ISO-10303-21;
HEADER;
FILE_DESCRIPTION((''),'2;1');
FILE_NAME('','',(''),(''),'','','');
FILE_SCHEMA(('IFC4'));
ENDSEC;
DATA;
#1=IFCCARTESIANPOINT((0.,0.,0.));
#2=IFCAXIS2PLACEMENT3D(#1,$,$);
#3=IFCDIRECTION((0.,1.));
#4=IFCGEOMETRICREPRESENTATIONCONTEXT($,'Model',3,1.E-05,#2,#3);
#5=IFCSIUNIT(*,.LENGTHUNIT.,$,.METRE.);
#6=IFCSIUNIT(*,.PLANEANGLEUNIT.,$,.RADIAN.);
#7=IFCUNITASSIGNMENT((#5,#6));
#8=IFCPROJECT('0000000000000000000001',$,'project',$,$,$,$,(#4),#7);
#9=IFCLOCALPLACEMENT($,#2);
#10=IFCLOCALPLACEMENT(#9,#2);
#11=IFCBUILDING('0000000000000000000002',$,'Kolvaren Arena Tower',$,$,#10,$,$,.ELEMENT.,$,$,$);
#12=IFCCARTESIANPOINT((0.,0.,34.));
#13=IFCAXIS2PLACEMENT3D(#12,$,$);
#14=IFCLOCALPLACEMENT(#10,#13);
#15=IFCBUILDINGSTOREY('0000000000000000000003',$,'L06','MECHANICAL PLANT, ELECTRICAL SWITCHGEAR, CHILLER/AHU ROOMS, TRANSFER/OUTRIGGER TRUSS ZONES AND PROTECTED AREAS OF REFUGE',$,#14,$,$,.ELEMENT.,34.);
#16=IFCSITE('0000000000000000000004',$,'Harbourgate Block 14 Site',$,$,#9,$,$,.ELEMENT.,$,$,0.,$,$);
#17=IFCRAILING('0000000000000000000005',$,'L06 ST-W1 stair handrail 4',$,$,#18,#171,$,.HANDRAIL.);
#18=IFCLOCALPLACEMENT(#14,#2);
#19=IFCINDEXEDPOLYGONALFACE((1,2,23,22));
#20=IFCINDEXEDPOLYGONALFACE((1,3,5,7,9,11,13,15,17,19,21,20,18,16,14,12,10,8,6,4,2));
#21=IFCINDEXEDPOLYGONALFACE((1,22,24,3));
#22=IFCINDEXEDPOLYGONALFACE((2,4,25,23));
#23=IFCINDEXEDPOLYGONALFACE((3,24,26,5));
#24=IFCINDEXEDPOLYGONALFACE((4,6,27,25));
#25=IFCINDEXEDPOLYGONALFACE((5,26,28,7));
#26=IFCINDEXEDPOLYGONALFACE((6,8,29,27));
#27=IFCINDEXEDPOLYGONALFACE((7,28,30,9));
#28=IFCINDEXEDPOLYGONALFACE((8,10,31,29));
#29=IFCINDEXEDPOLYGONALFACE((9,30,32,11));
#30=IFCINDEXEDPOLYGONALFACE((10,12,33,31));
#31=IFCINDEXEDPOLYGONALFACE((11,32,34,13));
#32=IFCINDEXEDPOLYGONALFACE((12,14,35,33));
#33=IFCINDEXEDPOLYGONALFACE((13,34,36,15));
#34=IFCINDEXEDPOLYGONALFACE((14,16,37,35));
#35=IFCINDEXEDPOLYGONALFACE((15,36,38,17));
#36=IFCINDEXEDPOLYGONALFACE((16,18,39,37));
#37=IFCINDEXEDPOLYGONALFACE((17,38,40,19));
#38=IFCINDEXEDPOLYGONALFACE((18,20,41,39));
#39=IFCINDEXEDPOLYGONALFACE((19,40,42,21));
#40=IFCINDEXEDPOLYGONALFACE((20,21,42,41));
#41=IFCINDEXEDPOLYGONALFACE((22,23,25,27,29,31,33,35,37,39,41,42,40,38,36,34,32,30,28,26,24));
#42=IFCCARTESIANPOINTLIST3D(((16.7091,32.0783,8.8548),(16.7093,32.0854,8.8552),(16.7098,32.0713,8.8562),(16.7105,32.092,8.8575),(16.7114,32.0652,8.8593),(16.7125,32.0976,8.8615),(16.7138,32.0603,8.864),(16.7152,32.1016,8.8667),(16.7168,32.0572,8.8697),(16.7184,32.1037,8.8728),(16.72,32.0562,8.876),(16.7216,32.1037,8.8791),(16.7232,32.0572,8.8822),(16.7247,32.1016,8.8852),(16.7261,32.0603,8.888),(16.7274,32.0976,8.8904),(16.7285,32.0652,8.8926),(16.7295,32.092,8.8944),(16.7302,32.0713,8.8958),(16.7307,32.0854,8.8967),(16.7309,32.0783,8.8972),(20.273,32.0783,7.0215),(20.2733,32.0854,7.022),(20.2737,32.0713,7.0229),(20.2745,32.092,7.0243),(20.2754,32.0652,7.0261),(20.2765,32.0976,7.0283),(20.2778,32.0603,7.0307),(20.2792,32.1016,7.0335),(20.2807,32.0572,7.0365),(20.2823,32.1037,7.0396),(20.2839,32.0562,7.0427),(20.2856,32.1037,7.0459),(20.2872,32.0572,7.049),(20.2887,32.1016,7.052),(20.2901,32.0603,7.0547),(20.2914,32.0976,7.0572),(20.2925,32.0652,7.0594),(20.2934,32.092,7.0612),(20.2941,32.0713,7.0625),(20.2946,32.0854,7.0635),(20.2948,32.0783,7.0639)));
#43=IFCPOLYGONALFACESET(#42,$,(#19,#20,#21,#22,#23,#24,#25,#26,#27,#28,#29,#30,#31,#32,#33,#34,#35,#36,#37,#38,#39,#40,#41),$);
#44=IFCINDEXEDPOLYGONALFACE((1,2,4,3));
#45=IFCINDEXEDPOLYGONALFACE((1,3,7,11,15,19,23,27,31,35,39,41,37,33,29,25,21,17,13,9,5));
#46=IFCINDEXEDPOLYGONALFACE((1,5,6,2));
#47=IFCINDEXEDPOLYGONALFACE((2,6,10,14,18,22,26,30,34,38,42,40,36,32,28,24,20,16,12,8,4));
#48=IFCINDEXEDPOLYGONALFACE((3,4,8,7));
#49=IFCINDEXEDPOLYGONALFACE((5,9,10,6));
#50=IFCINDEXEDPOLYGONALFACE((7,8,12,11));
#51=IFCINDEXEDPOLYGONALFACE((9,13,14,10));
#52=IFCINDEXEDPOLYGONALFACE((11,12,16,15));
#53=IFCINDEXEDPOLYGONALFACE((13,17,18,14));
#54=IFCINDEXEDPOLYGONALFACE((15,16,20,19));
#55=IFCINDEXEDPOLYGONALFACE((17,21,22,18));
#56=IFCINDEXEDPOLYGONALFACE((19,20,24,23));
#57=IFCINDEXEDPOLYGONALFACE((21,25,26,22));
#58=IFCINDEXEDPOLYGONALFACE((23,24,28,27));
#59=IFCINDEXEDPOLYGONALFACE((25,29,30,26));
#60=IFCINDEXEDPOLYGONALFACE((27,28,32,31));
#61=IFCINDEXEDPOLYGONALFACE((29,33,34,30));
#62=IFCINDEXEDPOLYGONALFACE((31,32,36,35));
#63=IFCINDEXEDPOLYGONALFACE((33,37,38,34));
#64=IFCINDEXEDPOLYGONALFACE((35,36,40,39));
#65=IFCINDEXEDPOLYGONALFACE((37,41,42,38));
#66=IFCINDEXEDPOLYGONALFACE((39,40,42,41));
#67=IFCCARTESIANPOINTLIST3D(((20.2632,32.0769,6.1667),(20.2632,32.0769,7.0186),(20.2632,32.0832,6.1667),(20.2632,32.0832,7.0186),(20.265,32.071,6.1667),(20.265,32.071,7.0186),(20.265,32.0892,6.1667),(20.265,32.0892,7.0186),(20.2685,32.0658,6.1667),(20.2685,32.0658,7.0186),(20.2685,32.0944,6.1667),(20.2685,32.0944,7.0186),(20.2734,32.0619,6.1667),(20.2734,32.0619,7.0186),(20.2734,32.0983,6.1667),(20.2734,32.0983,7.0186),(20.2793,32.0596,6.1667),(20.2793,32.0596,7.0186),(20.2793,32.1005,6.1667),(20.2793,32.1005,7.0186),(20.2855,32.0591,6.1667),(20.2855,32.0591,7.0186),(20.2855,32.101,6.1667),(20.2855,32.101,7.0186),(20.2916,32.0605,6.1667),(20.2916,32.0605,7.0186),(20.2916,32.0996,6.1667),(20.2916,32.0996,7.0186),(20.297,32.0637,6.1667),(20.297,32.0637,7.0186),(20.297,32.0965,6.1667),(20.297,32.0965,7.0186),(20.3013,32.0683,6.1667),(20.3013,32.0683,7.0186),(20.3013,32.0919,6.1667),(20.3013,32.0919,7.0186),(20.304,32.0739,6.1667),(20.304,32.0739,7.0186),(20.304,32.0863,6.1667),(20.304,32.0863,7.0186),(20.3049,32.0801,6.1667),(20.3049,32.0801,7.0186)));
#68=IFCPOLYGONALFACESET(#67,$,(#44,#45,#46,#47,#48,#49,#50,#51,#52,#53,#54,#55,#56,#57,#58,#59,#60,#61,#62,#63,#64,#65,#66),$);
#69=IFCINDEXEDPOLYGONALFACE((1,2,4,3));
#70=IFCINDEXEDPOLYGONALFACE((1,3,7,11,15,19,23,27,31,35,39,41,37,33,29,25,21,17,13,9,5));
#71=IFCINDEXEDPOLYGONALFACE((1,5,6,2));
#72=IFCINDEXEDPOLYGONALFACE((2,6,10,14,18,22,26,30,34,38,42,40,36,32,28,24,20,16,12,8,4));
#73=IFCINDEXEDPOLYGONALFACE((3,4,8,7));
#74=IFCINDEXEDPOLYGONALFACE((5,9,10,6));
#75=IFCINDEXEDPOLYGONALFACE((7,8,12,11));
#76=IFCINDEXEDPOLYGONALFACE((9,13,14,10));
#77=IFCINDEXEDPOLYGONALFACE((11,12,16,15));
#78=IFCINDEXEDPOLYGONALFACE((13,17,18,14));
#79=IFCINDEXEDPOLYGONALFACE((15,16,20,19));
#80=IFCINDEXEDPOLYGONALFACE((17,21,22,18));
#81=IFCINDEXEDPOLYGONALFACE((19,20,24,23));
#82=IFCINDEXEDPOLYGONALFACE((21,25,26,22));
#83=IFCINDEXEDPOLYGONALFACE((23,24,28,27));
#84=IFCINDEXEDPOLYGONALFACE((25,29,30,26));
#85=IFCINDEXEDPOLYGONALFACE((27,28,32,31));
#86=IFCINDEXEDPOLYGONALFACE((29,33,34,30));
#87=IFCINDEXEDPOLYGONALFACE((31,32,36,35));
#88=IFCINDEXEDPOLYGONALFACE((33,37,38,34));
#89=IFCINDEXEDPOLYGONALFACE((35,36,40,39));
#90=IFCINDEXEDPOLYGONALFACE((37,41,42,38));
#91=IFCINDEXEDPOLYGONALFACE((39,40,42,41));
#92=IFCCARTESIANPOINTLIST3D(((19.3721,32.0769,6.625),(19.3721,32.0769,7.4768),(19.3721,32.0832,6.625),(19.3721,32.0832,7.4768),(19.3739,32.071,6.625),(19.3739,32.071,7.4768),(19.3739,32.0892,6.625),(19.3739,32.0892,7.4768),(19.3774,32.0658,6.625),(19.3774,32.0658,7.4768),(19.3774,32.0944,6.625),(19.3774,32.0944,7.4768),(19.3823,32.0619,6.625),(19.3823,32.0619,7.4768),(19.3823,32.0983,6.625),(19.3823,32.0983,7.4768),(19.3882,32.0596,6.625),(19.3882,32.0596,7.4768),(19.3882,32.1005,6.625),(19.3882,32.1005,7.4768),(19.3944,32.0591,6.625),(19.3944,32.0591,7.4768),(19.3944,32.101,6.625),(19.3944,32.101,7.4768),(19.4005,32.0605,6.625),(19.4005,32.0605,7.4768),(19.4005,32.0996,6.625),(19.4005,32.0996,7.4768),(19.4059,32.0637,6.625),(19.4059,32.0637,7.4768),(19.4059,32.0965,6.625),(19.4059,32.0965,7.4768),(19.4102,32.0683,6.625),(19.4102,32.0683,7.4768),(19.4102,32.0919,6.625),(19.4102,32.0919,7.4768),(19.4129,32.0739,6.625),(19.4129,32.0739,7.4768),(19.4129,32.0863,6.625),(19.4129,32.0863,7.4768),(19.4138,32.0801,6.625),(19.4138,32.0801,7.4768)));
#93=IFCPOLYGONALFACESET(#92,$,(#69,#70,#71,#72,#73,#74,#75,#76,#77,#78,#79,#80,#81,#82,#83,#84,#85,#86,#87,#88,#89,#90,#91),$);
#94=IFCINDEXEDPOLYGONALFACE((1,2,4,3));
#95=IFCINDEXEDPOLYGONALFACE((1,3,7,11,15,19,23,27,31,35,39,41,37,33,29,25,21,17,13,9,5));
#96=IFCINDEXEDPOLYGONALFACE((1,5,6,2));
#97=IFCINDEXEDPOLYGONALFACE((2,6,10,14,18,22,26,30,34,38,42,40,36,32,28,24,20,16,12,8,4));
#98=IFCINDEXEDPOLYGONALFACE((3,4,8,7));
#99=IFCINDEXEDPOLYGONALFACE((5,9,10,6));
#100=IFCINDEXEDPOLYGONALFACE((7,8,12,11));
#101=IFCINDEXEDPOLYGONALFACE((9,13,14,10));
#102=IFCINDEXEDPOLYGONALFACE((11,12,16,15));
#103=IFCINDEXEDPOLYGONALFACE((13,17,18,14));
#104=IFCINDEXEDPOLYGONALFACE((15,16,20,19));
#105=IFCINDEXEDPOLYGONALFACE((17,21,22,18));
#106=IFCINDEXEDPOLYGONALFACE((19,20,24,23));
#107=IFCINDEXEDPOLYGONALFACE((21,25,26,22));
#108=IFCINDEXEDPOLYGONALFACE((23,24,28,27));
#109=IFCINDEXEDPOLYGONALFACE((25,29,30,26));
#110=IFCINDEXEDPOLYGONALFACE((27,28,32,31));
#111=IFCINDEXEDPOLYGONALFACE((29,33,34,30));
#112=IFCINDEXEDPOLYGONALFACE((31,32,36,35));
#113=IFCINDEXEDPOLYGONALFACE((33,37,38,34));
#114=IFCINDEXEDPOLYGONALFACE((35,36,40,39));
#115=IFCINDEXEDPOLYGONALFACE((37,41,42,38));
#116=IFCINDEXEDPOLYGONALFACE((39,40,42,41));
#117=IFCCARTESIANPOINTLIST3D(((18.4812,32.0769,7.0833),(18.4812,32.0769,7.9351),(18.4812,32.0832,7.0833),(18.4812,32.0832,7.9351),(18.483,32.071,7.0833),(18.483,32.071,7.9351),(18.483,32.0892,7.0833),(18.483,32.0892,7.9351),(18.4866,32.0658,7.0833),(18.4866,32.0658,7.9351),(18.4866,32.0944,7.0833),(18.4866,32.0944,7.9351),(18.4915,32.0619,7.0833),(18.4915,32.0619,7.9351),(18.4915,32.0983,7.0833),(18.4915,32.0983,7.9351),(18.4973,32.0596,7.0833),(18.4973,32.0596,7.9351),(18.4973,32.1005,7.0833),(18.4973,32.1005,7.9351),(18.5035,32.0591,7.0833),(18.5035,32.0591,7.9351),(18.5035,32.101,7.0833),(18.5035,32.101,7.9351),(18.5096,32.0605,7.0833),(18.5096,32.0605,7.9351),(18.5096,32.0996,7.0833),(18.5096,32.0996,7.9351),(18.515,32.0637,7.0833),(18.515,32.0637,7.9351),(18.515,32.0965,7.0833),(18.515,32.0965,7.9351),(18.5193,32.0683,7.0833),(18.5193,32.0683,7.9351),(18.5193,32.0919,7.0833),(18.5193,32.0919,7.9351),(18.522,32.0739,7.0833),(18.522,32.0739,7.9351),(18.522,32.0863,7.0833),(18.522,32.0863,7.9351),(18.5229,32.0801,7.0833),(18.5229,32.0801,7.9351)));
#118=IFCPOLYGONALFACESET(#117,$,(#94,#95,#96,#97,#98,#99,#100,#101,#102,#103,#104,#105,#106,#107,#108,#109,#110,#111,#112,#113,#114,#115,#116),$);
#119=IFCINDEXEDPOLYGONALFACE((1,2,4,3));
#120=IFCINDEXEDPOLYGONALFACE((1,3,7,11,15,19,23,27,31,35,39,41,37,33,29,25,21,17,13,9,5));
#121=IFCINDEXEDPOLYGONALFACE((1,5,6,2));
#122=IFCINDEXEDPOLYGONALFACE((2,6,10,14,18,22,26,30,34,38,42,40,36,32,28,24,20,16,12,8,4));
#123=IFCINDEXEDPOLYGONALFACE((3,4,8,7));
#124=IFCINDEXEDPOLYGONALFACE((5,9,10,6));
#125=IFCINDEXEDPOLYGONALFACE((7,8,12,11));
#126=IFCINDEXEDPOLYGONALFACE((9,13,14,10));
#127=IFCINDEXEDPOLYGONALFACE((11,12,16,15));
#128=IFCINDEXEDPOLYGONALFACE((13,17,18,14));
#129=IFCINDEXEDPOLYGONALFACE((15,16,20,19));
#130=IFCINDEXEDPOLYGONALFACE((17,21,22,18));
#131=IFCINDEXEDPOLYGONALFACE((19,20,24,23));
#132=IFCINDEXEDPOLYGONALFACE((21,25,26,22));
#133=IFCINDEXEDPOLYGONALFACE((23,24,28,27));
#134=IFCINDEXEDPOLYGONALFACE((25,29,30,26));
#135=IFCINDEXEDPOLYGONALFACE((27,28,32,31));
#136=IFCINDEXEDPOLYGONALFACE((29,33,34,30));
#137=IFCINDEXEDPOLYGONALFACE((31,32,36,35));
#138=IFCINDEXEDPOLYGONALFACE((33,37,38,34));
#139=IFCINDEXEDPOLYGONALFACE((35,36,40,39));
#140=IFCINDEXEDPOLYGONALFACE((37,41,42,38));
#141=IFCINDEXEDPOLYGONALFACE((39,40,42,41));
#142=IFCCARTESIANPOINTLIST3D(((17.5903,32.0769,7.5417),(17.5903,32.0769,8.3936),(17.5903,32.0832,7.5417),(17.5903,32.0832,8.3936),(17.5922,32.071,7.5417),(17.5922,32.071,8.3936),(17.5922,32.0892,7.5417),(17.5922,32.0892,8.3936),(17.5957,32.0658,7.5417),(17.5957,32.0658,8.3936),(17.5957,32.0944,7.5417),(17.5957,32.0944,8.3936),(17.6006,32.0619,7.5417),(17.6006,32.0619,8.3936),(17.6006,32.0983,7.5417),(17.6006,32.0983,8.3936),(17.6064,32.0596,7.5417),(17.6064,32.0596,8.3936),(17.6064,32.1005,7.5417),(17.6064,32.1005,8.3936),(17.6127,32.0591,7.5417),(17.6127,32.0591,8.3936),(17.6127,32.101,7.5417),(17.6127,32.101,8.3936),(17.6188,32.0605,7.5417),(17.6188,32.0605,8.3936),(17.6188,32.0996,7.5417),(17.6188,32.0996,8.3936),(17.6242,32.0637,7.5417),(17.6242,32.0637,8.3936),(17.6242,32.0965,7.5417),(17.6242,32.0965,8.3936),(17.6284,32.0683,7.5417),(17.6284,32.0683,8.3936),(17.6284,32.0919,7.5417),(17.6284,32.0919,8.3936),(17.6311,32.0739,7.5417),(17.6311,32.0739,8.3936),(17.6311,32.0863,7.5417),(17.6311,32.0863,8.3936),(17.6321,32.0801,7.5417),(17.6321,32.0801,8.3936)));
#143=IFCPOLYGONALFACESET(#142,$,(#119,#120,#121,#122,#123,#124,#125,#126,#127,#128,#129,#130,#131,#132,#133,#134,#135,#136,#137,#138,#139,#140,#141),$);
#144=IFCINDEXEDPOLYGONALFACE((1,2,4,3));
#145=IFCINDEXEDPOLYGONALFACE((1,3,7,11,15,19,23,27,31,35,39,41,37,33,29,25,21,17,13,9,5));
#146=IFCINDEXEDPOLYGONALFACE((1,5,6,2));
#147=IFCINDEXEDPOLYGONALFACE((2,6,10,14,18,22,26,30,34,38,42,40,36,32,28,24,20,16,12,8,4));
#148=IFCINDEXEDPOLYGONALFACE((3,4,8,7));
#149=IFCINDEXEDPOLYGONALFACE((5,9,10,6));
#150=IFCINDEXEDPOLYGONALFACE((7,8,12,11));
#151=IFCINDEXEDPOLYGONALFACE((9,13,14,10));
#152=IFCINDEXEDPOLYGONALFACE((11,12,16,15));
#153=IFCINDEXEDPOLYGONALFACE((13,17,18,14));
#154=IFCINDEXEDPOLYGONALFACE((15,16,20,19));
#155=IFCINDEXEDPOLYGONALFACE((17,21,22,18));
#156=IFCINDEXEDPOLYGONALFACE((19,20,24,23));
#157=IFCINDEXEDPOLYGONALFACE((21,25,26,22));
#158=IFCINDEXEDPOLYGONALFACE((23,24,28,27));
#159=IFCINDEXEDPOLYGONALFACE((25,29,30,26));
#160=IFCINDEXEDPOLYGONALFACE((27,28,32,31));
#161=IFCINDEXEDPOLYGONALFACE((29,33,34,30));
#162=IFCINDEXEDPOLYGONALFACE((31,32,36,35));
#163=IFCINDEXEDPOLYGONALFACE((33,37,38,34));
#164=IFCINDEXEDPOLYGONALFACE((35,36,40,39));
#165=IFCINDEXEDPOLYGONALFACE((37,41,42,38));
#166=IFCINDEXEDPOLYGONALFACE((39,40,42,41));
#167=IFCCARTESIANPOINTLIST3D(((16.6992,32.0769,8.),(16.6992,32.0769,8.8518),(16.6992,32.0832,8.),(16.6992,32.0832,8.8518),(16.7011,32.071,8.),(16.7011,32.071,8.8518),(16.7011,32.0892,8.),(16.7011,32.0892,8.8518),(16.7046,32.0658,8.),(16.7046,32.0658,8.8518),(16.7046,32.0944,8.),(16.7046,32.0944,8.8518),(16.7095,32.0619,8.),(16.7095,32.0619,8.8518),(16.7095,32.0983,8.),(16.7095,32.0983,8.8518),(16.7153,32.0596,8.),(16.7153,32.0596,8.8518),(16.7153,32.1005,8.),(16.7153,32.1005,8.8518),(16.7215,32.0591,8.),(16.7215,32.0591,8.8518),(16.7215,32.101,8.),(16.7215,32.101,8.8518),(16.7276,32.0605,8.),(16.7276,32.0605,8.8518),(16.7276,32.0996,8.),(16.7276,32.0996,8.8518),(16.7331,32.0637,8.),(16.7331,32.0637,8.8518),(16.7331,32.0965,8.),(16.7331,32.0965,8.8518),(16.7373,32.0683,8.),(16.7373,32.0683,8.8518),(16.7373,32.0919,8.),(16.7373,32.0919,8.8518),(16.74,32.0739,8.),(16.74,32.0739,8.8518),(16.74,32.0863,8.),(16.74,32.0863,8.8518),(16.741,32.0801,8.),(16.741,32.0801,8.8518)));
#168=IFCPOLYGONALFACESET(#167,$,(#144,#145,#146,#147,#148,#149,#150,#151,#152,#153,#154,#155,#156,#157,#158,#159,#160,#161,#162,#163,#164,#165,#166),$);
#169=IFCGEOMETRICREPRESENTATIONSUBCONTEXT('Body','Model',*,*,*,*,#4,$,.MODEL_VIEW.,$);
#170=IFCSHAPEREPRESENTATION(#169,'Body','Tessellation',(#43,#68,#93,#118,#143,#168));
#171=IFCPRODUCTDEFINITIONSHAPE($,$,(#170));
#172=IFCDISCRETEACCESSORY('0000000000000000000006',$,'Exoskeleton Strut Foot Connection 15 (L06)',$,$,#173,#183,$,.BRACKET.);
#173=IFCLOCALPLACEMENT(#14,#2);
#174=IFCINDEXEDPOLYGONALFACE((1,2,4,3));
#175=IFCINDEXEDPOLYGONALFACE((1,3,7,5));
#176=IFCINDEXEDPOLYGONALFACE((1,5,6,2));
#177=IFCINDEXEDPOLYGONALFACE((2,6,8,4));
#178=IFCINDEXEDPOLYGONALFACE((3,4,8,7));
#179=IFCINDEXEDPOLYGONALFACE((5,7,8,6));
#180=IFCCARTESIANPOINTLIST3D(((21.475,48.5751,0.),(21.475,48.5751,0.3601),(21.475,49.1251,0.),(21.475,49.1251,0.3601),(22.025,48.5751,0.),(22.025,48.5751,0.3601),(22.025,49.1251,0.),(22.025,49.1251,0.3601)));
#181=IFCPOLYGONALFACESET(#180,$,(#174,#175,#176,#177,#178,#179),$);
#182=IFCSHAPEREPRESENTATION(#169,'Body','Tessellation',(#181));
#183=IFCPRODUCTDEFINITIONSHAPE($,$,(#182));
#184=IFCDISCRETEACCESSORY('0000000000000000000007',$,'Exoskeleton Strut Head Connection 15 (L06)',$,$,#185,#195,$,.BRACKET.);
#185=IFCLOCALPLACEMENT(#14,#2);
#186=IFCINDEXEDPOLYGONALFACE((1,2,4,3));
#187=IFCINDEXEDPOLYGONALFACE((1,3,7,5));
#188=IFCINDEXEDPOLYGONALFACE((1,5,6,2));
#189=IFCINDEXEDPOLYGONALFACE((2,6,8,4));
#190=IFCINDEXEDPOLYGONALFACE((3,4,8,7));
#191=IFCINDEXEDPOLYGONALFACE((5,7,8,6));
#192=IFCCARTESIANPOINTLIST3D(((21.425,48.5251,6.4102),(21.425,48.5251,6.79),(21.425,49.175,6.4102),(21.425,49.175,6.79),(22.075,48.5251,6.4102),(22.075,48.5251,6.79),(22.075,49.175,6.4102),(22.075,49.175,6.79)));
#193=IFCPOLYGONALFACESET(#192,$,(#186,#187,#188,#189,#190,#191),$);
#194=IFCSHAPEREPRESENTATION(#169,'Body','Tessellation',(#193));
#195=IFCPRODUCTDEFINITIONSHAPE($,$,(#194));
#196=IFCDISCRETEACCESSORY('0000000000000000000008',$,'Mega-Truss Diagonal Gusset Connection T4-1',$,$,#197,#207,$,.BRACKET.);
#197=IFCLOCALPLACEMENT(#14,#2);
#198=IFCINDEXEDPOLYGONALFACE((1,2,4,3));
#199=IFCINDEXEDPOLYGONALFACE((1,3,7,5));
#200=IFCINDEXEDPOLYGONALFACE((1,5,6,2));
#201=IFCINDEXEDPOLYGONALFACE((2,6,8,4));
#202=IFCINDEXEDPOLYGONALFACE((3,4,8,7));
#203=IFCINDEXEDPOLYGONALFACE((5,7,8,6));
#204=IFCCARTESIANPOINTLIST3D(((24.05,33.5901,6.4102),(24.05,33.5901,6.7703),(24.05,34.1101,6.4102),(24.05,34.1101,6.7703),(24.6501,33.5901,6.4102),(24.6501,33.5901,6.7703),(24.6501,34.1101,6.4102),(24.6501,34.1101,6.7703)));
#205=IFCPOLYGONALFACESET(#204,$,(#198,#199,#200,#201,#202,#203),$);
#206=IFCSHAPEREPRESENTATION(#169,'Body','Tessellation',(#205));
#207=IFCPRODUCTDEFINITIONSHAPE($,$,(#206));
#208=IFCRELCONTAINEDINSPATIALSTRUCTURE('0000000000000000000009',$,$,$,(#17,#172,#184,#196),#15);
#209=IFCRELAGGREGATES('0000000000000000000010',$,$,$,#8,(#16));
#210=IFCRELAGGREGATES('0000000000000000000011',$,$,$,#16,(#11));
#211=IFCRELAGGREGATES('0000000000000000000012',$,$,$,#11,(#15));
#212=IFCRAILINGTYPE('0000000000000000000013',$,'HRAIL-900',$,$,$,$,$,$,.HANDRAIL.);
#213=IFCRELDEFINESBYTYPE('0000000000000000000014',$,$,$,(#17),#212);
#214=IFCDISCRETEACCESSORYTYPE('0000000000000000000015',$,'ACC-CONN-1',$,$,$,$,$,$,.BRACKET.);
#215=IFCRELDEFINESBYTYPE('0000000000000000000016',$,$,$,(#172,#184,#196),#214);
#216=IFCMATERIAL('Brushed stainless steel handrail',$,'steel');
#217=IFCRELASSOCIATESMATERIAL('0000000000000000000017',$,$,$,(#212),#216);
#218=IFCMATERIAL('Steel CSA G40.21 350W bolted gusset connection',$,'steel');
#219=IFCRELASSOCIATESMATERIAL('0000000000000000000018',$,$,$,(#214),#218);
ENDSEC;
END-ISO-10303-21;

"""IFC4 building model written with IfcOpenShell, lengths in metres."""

from ifc_helpers import new_model, si_unit, direction, frame, origin, origin_2d, place, context, subcontext, project, spatial, rectangle, circle, extrude, material, type_object, element, save


model = new_model("IFC4")

# Units and contexts
model_context = context("Model", 3, precision=1e-05, world=origin(), true_north=direction((0.0, 1.0)))
body_context = subcontext(model_context, "Body", "Model", "MODEL_VIEW")
ifc_project = project(units=[si_unit("LENGTHUNIT", "METRE"), si_unit("PLANEANGLEUNIT", "RADIAN")], contexts=[model_context])

# Site, building, storey
site_placement = place(None, origin())
site = spatial("IfcSite", under=ifc_project, at=site_placement, Name="Harbourgate Block 14 Site", CompositionType="ELEMENT", RefElevation=0.0)
building_placement = place(site_placement, origin())
building = spatial("IfcBuilding", under=site, at=building_placement, Name="Kolvaren Arena Tower", CompositionType="ELEMENT")
storey_placement = place(building_placement, frame((0.0, 0.0, 34.0)))
storey = spatial("IfcBuildingStorey", under=building, at=storey_placement, Name="L06", Description="MECHANICAL PLANT, ELECTRICAL SWITCHGEAR, CHILLER/AHU ROOMS, TRANSFER/OUTRIGGER TRUSS ZONES AND PROTECTED AREAS OF REFUGE", CompositionType="ELEMENT", Elevation=34.0)

# Railing
ifc_material_1 = material(Name="Brushed stainless steel handrail", Category="steel")
railing_type_1 = type_object("IfcRailingType", Name="HRAIL-900", PredefinedType="HANDRAIL", material=ifc_material_1)
railing_1_placement = place(storey_placement, frame((20.2839, 32.0801, 6.1667)))
element("IfcRailing", 1, at=railing_1_placement, inside=storey, type_object=railing_type_1, Name="L06 ST-W1 stair handrail 4", PredefinedType="HANDRAIL", context=body_context, shape_type="SweptSolid", body=[
    extrude(circle(Radius=0.0239, at=origin_2d()), frame((0.0, 0.0, 0.876), z_axis=(-0.889252, 0.0, 0.457418), x_axis=(0.0, -1.0, 0.0)), (0.0, 0.0, 1.0), 4.0078),
    extrude(circle(Radius=0.021, at=origin_2d()), origin(), (0.0, 0.0, 1.0), 0.8518),
    extrude(circle(Radius=0.021, at=origin_2d()), frame((-0.8911, 0.0, 0.4583)), (0.0, 0.0, 1.0), 0.8518),
    extrude(circle(Radius=0.021, at=origin_2d()), frame((-1.782, 0.0, 0.9165)), (0.0, 0.0, 1.0), 0.8518),
    extrude(circle(Radius=0.021, at=origin_2d()), frame((-2.6729, 0.0, 1.375)), (0.0, 0.0, 1.0), 0.8518),
    extrude(circle(Radius=0.021, at=origin_2d()), frame((-3.564, 0.0, 1.8333)), (0.0, 0.0, 1.0), 0.8518),
])

# Discrete accessories
ifc_material_2 = material(Name="Steel CSA G40.21 350W bolted gusset connection", Category="steel")
discrete_accessory_type = type_object("IfcDiscreteAccessoryType", Name="ACC-CONN-1", PredefinedType="BRACKET", material=ifc_material_2)
discrete_accessory_1_placement = place(storey_placement, frame((21.75, 48.8501, 0.0), z_axis=(0.0, 0.0, 1.0), x_axis=(1.0, 0.0, 0.0)))
element("IfcDiscreteAccessory", 2, at=discrete_accessory_1_placement, inside=storey, type_object=discrete_accessory_type, Name="Exoskeleton Strut Foot Connection 15 (L06)", PredefinedType="BRACKET", context=body_context, shape_type="SweptSolid", body=[
    extrude(rectangle(XDim=0.55, YDim=0.55, at=origin_2d()), origin(), (0.0, 0.0, 1.0), 0.3601),
])
discrete_accessory_2_placement = place(storey_placement, frame((21.75, 48.8501, 6.4102), z_axis=(0.0, 0.0, 1.0), x_axis=(1.0, 0.0, 0.0)))
element("IfcDiscreteAccessory", 3, at=discrete_accessory_2_placement, inside=storey, type_object=discrete_accessory_type, Name="Exoskeleton Strut Head Connection 15 (L06)", PredefinedType="BRACKET", context=body_context, shape_type="SweptSolid", body=[
    extrude(rectangle(XDim=0.6499, YDim=0.6499, at=origin_2d()), origin(), (0.0, 0.0, 1.0), 0.3799),
])
for number, where, z_axis, x_axis, name in (
    (4, (24.3501, 33.8501, 6.4102), (0.0, 0.0, 1.0), (1.0, 0.0, 0.0), "Mega-Truss Diagonal Gusset Connection T4-1"),
):
    element("IfcDiscreteAccessory", number, at=place(storey_placement, frame(where, z_axis=z_axis, x_axis=x_axis)), inside=storey, type_object=discrete_accessory_type, Name=name, PredefinedType="BRACKET", context=body_context, shape_type="SweptSolid", body=[
        extrude(rectangle(XDim=0.6001, YDim=0.52, at=origin_2d()), origin(), (0.0, 0.0, 1.0), 0.3601),
    ])

save(model, "model.ifc")
